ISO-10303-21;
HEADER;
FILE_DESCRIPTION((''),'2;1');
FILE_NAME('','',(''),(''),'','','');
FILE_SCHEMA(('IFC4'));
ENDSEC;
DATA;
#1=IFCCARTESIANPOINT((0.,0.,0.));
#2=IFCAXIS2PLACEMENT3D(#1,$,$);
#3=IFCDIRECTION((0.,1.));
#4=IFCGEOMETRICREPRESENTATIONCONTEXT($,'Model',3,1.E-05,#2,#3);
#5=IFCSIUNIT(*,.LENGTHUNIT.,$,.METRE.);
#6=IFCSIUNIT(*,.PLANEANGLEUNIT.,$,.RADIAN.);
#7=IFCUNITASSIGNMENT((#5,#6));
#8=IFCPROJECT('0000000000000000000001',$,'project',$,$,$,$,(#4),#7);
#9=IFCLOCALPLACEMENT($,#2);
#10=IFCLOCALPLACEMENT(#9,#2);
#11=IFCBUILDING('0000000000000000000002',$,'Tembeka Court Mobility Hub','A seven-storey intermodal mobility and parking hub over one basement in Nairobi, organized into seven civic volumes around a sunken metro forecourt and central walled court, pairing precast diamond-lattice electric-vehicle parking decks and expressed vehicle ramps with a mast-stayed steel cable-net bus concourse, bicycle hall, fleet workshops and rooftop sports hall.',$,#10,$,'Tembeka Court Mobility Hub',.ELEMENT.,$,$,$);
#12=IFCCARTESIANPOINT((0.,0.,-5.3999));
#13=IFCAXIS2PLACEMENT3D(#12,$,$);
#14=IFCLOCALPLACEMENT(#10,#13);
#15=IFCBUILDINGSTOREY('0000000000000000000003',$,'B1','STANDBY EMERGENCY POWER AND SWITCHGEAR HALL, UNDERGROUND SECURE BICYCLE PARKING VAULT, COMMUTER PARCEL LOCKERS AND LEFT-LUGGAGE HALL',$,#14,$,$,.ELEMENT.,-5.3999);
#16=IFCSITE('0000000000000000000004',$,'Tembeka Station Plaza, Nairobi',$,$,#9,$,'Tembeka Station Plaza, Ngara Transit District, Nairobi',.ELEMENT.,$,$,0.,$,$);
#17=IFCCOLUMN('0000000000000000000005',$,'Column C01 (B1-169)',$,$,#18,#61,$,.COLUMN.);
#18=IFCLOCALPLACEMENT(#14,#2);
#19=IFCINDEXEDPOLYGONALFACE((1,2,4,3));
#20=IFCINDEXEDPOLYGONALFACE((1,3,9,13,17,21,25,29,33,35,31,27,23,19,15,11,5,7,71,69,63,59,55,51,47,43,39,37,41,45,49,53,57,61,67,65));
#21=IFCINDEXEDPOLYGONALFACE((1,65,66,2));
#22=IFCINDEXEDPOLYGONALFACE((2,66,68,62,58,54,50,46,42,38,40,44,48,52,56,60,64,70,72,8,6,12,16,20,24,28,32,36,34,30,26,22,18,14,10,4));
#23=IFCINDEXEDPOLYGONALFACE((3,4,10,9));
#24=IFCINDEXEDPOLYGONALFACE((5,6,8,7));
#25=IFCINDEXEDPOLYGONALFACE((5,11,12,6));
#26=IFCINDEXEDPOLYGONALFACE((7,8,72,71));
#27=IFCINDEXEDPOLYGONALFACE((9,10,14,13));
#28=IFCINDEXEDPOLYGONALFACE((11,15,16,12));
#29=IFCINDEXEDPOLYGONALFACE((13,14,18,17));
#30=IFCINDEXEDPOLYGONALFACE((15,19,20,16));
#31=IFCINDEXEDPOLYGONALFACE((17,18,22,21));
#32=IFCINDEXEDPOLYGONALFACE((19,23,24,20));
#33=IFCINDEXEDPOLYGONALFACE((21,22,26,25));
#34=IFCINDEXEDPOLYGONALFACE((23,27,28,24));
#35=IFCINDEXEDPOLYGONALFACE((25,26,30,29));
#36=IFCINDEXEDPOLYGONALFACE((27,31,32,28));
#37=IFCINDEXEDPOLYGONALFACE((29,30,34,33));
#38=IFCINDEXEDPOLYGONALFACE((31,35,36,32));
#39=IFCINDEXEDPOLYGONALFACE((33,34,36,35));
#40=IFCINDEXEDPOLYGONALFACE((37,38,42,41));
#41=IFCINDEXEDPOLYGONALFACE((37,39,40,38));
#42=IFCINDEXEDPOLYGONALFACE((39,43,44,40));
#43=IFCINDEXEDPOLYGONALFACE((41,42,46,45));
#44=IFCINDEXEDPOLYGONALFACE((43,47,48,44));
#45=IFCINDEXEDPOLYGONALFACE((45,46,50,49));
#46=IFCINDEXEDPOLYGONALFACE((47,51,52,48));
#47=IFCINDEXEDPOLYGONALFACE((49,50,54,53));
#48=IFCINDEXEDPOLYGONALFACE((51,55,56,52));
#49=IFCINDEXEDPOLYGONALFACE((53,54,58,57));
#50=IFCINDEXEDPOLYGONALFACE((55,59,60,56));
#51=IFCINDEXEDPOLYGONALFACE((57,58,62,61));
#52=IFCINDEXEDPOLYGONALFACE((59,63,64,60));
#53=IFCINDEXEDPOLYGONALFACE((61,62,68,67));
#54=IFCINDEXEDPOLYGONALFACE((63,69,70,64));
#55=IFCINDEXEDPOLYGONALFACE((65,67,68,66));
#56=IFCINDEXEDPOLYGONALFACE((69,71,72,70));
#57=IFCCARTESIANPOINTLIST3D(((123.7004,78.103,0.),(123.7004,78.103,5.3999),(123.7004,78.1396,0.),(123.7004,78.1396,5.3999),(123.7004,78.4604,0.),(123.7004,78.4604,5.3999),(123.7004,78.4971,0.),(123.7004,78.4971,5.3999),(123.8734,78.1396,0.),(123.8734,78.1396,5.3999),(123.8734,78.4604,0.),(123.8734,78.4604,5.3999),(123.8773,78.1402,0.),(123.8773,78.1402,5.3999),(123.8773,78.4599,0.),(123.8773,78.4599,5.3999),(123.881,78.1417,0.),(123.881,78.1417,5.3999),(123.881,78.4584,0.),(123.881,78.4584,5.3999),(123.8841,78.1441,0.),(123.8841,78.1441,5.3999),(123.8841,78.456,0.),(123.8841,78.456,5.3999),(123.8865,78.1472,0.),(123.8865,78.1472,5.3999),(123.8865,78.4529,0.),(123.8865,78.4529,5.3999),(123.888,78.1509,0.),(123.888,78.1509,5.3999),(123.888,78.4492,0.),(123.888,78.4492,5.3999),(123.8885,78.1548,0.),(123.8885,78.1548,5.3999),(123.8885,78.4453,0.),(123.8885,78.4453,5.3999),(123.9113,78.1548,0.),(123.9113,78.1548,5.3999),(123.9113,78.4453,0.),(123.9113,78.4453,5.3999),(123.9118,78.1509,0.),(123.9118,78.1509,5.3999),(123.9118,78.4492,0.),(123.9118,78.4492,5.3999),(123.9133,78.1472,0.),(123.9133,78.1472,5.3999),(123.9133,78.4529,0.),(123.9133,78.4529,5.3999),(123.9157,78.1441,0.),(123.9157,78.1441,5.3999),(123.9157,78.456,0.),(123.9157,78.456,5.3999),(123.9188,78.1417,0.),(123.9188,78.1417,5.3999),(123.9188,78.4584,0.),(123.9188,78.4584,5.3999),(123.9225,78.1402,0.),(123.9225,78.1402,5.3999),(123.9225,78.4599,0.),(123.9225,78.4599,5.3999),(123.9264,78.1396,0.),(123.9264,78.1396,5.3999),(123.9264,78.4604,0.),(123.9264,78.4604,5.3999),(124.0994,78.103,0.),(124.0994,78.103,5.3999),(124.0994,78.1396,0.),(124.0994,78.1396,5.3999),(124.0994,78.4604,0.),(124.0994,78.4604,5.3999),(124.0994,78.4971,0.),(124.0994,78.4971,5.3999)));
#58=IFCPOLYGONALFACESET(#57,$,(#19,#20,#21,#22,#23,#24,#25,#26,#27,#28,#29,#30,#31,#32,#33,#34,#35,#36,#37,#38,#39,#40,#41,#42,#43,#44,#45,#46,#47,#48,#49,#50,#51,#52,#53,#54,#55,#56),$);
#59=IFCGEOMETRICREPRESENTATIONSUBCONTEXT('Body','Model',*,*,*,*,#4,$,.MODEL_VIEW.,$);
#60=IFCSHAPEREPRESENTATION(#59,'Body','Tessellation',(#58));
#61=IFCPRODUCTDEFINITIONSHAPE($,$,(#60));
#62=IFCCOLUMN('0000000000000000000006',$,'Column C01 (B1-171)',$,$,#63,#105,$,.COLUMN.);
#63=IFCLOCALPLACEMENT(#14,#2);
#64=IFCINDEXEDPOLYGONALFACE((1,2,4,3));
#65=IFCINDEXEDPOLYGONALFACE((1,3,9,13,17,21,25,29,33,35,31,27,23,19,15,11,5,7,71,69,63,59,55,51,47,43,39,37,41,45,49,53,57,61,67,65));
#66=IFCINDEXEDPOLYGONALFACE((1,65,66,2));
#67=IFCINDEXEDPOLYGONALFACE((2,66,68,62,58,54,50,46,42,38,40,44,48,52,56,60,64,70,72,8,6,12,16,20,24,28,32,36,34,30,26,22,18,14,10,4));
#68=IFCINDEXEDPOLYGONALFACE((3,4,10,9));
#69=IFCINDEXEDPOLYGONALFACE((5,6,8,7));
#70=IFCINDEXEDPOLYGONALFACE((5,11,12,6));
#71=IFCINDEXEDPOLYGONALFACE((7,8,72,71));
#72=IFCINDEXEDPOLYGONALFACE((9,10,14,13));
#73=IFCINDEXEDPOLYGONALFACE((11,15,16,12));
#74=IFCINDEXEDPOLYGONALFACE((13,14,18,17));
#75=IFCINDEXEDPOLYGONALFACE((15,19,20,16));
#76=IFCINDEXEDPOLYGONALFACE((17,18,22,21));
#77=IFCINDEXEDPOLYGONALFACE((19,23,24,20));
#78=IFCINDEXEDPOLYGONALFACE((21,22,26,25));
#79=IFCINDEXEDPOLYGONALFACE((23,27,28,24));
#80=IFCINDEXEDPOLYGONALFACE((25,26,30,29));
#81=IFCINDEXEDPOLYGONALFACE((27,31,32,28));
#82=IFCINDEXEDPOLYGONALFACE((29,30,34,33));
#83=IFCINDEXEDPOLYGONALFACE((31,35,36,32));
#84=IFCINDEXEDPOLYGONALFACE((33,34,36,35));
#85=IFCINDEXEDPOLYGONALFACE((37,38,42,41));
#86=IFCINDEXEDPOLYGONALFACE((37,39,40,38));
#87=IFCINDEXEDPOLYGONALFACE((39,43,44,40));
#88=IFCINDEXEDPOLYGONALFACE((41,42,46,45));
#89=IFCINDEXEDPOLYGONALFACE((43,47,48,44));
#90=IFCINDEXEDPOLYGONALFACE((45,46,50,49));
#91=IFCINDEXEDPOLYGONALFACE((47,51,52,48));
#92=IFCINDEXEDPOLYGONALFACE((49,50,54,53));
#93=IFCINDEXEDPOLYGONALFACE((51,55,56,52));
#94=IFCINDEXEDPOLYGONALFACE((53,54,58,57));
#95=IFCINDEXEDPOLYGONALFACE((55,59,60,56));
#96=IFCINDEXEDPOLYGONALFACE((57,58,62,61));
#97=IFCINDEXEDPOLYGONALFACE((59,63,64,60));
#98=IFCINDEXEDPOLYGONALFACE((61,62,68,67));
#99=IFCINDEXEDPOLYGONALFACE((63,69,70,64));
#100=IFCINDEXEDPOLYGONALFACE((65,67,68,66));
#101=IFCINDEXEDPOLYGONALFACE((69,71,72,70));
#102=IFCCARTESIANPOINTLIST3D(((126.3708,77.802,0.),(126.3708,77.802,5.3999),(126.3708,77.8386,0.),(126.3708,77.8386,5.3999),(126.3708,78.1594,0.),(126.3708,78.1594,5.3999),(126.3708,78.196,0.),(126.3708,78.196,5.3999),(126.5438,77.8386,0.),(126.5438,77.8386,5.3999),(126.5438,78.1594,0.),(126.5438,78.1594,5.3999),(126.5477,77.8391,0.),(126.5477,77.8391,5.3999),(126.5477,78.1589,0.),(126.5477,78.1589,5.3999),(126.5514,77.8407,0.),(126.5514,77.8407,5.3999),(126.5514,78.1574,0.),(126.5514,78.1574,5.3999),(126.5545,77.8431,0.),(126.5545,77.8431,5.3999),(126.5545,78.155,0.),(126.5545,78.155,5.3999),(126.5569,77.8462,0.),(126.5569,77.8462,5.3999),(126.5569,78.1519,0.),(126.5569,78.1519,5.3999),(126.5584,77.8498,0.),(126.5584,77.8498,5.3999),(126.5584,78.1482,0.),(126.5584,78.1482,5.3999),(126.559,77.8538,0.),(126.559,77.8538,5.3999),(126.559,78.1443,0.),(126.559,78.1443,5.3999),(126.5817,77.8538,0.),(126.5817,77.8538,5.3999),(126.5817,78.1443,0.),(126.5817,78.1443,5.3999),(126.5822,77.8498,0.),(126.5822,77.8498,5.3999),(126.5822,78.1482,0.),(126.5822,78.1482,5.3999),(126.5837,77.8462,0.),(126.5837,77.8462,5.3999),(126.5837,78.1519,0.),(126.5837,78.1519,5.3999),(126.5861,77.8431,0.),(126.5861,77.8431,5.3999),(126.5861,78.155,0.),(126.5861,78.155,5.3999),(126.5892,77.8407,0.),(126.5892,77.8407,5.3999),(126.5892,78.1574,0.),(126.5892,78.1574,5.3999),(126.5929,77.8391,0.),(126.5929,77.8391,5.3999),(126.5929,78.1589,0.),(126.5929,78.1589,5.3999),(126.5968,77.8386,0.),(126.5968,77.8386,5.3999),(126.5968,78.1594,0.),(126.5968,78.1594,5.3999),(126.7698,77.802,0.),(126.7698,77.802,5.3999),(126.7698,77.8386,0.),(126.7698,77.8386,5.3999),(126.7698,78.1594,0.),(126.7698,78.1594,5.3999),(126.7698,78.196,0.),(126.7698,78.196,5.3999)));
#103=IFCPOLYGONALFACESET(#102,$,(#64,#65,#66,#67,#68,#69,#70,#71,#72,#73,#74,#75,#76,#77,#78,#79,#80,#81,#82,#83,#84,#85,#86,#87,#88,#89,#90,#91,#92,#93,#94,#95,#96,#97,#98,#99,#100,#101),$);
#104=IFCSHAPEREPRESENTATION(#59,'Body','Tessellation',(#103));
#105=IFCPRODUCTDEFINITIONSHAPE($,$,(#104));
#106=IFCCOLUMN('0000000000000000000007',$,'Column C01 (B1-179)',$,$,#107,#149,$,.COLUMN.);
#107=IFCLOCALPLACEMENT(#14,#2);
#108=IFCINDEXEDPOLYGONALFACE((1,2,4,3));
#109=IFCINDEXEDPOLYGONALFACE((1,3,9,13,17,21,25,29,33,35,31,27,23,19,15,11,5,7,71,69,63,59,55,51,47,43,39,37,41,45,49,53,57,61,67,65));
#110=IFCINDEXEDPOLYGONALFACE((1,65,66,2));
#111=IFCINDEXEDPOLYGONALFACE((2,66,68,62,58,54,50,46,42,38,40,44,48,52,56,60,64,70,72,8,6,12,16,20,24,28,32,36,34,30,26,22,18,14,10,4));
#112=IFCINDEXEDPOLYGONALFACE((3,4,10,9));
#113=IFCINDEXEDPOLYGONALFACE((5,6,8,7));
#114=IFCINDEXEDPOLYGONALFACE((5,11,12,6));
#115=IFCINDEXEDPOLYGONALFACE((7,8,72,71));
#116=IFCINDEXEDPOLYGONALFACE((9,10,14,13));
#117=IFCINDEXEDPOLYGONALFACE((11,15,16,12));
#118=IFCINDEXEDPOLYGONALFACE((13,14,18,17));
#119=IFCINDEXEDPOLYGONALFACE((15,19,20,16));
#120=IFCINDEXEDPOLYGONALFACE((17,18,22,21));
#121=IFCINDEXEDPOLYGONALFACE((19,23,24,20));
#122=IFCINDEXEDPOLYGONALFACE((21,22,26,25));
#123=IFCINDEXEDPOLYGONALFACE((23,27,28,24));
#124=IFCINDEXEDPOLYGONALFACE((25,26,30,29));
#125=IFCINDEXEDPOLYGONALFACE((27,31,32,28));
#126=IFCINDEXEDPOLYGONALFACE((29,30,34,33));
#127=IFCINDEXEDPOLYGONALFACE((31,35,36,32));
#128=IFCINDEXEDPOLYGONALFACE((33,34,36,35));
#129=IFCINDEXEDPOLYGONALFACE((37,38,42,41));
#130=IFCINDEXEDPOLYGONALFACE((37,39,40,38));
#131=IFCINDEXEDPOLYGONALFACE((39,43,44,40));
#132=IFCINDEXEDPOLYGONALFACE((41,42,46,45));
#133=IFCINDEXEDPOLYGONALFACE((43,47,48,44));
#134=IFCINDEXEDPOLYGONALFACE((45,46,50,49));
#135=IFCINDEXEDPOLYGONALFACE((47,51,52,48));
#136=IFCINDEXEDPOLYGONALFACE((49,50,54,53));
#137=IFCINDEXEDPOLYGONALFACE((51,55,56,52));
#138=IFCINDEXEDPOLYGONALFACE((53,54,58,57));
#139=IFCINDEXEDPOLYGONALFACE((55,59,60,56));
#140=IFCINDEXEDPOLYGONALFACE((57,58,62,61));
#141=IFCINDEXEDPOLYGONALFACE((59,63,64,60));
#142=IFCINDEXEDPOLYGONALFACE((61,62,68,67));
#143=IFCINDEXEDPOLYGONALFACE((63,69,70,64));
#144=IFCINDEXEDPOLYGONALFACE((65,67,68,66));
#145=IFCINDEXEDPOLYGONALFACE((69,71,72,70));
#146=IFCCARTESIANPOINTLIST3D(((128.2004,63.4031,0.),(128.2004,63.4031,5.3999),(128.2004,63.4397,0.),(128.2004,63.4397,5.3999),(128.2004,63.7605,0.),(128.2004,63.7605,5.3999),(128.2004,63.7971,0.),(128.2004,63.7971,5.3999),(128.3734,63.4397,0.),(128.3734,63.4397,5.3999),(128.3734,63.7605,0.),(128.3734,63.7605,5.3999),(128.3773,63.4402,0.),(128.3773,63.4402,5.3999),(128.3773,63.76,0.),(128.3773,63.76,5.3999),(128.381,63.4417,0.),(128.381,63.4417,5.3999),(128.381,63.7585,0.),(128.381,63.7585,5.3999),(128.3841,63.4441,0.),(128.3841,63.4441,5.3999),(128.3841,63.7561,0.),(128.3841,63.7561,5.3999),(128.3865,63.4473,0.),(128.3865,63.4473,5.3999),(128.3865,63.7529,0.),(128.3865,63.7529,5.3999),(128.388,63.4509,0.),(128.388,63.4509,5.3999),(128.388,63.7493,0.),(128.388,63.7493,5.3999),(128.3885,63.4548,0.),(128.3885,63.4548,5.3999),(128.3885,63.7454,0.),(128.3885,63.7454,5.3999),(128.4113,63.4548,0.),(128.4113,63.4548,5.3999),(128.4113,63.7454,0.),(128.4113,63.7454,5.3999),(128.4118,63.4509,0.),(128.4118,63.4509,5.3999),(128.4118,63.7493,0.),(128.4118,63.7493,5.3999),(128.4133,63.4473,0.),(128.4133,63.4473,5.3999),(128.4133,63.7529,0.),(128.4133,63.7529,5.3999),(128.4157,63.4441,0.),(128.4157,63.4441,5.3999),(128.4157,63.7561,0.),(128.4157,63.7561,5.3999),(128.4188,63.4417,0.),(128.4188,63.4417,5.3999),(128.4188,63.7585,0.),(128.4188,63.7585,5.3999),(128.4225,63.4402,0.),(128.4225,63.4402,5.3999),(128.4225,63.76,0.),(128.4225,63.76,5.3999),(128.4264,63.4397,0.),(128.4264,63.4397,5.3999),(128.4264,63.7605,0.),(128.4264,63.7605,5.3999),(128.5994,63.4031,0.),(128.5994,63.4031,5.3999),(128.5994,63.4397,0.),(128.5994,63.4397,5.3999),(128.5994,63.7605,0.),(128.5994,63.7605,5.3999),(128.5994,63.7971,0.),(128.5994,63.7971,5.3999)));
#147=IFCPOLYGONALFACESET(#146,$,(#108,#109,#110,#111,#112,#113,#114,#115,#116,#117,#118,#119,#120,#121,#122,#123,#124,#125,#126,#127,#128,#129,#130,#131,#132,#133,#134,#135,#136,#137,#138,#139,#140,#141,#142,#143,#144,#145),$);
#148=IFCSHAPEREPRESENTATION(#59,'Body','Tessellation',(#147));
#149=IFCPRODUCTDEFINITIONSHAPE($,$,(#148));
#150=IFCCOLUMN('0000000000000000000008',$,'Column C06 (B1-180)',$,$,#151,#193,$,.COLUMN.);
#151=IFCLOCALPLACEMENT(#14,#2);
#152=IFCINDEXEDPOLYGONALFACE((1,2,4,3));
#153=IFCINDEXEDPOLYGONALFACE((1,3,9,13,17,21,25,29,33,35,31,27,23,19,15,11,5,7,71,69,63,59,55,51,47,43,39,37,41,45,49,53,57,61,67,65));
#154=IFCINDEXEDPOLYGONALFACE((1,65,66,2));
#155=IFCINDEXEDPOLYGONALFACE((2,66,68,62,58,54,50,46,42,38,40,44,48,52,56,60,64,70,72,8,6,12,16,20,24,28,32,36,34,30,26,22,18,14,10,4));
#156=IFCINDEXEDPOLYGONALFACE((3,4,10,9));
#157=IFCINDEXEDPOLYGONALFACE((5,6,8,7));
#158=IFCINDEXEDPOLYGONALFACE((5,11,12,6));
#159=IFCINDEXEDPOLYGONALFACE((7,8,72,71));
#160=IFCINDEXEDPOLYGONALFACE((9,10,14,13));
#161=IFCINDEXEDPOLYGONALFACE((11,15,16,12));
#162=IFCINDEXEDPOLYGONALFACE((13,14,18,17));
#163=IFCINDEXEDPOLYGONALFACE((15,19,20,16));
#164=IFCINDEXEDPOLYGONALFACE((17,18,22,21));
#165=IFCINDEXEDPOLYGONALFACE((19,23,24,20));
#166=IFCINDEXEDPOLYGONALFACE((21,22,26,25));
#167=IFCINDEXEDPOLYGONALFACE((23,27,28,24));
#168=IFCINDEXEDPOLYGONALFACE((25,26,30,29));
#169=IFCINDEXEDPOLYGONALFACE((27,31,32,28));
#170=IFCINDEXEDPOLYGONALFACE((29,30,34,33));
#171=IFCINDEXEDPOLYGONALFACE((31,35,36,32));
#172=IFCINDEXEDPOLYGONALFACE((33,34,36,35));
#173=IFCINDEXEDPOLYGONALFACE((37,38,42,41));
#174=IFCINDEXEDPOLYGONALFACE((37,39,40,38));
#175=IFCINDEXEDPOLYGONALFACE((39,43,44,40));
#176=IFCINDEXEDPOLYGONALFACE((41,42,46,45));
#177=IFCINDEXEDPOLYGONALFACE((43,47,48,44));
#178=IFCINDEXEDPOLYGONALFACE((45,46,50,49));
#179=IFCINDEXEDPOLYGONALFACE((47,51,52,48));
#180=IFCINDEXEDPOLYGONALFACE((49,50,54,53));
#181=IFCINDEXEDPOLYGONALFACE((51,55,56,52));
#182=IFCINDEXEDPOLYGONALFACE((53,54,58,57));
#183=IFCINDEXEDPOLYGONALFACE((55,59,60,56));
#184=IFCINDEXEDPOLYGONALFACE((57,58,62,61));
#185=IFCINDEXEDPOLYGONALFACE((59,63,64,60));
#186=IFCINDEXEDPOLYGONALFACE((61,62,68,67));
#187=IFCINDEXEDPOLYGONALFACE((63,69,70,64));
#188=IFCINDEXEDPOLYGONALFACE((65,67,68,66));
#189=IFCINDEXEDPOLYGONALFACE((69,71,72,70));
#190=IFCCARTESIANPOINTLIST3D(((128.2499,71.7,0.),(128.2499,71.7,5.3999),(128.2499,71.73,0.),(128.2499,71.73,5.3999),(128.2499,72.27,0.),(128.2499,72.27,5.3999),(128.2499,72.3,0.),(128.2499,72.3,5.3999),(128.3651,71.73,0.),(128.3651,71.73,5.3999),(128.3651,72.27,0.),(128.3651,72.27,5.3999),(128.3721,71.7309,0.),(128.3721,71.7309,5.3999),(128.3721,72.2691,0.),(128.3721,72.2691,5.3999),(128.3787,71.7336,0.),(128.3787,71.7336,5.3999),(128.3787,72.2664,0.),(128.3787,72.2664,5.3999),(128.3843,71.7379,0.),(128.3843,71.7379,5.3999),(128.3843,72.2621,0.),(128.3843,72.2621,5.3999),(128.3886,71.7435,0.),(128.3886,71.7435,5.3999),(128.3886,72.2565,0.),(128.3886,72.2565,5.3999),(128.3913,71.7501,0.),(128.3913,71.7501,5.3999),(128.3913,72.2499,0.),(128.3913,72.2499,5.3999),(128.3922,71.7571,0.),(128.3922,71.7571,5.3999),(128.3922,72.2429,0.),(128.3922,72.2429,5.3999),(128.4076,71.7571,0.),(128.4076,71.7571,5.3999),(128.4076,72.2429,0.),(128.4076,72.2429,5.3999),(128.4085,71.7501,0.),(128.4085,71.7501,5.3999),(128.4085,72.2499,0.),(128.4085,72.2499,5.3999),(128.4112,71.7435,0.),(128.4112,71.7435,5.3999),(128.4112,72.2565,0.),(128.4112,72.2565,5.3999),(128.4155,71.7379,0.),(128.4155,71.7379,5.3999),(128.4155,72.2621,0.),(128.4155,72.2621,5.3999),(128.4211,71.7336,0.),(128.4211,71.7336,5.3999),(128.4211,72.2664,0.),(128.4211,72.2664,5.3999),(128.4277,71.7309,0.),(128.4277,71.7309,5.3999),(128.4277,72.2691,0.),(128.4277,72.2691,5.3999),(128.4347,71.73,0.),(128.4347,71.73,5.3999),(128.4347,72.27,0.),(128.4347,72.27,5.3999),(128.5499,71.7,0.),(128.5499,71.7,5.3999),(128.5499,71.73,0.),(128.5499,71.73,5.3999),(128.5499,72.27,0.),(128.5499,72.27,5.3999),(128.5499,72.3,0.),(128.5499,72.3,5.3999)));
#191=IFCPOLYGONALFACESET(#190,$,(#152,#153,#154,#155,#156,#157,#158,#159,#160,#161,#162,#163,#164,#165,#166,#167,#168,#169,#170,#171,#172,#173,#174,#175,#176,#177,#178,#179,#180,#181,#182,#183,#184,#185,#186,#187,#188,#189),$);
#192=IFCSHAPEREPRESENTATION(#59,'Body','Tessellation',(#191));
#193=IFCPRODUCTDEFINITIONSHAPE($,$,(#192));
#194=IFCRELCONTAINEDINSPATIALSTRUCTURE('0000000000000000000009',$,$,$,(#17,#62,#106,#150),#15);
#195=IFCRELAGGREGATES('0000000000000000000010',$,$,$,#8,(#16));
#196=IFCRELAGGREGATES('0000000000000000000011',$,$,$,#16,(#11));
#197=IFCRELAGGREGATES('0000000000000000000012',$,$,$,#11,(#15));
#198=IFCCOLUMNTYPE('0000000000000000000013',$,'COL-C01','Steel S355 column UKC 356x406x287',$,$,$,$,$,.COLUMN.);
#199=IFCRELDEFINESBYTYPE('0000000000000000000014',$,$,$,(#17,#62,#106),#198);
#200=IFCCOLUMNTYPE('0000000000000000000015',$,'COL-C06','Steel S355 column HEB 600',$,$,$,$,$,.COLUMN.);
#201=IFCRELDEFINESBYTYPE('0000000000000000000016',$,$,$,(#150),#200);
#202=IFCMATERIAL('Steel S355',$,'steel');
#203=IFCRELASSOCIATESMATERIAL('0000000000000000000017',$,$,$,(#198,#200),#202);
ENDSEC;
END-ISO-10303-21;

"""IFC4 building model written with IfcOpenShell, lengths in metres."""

from ifc_helpers import new_model, si_unit, direction, frame, origin, origin_2d, place, context, subcontext, project, spatial, i_section, extrude, material, material_profile, profile_set, type_object, element, save


model = new_model("IFC4")

# Units and contexts
model_context = context("Model", 3, precision=1e-05, world=origin(), true_north=direction((0.0, 1.0)))
body_context = subcontext(model_context, "Body", "Model", "MODEL_VIEW")
ifc_project = project(units=[si_unit("LENGTHUNIT", "METRE"), si_unit("PLANEANGLEUNIT", "RADIAN")], contexts=[model_context])

# Site, building, storey
site_placement = place(None, origin())
site = spatial("IfcSite", under=ifc_project, at=site_placement, Name="Tembeka Station Plaza, Nairobi", LongName="Tembeka Station Plaza, Ngara Transit District, Nairobi", CompositionType="ELEMENT", RefElevation=0.0)
building_placement = place(site_placement, origin())
building = spatial("IfcBuilding", under=site, at=building_placement, Name="Tembeka Court Mobility Hub", Description="A seven-storey intermodal mobility and parking hub over one basement in Nairobi, organized into seven civic volumes around a sunken metro forecourt and central walled court, pairing precast diamond-lattice electric-vehicle parking decks and expressed vehicle ramps with a mast-stayed steel cable-net bus concourse, bicycle hall, fleet workshops and rooftop sports hall.", LongName="Tembeka Court Mobility Hub", CompositionType="ELEMENT")
storey_placement = place(building_placement, frame((0.0, 0.0, -5.3999)))
storey = spatial("IfcBuildingStorey", under=building, at=storey_placement, Name="B1", Description="STANDBY EMERGENCY POWER AND SWITCHGEAR HALL, UNDERGROUND SECURE BICYCLE PARKING VAULT, COMMUTER PARCEL LOCKERS AND LEFT-LUGGAGE HALL", CompositionType="ELEMENT", Elevation=-5.3999)

# Columns
ifc_material_1 = material(Name="Steel S355", Category="steel")
ifc_material_profile_1 = material_profile(ifc_material_1, i_section(OverallWidth=0.3989, OverallDepth=0.394, WebThickness=0.0227, FlangeThickness=0.0366, FilletRadius=0.0151, at=origin_2d()), Name="UKC 356x406x287")
ifc_profile_set_1 = profile_set([ifc_material_profile_1], Name="Steel S355")
column_type_1 = type_object("IfcColumnType", Name="COL-C01", Description="Steel S355 column UKC 356x406x287", PredefinedType="COLUMN", material=ifc_profile_set_1)
for number, where, z_axis, x_axis, name in (
    (1, (123.8999, 78.3, 0.0), (0.0, 0.0, 1.0), (1.0, 0.0, 0.0), "Column C01 (B1-169)"),
    (2, (126.5703, 77.999, 0.0), (0.0, 0.0, 1.0), (1.0, 0.0, 0.0), "Column C01 (B1-171)"),
    (3, (128.3999, 63.6001, 0.0), (0.0, 0.0, 1.0), (1.0, 0.0, 0.0), "Column C01 (B1-179)"),
):
    element("IfcColumn", number, at=place(storey_placement, frame(where, z_axis=z_axis, x_axis=x_axis)), inside=storey, type_object=column_type_1, Name=name, PredefinedType="COLUMN", context=body_context, shape_type="SweptSolid", body=[
        extrude(i_section(OverallWidth=0.3989, OverallDepth=0.394, WebThickness=0.0227, FlangeThickness=0.0366, FilletRadius=0.0151, at=origin_2d()), origin(), (0.0, 0.0, 1.0), 5.3999),
    ])
ifc_material_profile_2 = material_profile(ifc_material_1, i_section(OverallWidth=0.3, OverallDepth=0.6001, WebThickness=0.0154, FlangeThickness=0.03, FilletRadius=0.0271, at=origin_2d()), Name="HEB 600")
ifc_profile_set_2 = profile_set([ifc_material_profile_2], Name="Steel S355")
column_type_2 = type_object("IfcColumnType", Name="COL-C06", Description="Steel S355 column HEB 600", PredefinedType="COLUMN", material=ifc_profile_set_2)
column_placement = place(storey_placement, frame((128.3999, 72.0, 0.0), z_axis=(0.0, 0.0, 1.0), x_axis=(1.0, 0.0, 0.0)))
element("IfcColumn", 4, at=column_placement, inside=storey, type_object=column_type_2, Name="Column C06 (B1-180)", PredefinedType="COLUMN", context=body_context, shape_type="SweptSolid", body=[
    extrude(i_section(OverallWidth=0.3, OverallDepth=0.6001, WebThickness=0.0154, FlangeThickness=0.03, FilletRadius=0.0271, at=origin_2d()), origin(), (0.0, 0.0, 1.0), 5.3999),
])

save(model, "model.ifc")
